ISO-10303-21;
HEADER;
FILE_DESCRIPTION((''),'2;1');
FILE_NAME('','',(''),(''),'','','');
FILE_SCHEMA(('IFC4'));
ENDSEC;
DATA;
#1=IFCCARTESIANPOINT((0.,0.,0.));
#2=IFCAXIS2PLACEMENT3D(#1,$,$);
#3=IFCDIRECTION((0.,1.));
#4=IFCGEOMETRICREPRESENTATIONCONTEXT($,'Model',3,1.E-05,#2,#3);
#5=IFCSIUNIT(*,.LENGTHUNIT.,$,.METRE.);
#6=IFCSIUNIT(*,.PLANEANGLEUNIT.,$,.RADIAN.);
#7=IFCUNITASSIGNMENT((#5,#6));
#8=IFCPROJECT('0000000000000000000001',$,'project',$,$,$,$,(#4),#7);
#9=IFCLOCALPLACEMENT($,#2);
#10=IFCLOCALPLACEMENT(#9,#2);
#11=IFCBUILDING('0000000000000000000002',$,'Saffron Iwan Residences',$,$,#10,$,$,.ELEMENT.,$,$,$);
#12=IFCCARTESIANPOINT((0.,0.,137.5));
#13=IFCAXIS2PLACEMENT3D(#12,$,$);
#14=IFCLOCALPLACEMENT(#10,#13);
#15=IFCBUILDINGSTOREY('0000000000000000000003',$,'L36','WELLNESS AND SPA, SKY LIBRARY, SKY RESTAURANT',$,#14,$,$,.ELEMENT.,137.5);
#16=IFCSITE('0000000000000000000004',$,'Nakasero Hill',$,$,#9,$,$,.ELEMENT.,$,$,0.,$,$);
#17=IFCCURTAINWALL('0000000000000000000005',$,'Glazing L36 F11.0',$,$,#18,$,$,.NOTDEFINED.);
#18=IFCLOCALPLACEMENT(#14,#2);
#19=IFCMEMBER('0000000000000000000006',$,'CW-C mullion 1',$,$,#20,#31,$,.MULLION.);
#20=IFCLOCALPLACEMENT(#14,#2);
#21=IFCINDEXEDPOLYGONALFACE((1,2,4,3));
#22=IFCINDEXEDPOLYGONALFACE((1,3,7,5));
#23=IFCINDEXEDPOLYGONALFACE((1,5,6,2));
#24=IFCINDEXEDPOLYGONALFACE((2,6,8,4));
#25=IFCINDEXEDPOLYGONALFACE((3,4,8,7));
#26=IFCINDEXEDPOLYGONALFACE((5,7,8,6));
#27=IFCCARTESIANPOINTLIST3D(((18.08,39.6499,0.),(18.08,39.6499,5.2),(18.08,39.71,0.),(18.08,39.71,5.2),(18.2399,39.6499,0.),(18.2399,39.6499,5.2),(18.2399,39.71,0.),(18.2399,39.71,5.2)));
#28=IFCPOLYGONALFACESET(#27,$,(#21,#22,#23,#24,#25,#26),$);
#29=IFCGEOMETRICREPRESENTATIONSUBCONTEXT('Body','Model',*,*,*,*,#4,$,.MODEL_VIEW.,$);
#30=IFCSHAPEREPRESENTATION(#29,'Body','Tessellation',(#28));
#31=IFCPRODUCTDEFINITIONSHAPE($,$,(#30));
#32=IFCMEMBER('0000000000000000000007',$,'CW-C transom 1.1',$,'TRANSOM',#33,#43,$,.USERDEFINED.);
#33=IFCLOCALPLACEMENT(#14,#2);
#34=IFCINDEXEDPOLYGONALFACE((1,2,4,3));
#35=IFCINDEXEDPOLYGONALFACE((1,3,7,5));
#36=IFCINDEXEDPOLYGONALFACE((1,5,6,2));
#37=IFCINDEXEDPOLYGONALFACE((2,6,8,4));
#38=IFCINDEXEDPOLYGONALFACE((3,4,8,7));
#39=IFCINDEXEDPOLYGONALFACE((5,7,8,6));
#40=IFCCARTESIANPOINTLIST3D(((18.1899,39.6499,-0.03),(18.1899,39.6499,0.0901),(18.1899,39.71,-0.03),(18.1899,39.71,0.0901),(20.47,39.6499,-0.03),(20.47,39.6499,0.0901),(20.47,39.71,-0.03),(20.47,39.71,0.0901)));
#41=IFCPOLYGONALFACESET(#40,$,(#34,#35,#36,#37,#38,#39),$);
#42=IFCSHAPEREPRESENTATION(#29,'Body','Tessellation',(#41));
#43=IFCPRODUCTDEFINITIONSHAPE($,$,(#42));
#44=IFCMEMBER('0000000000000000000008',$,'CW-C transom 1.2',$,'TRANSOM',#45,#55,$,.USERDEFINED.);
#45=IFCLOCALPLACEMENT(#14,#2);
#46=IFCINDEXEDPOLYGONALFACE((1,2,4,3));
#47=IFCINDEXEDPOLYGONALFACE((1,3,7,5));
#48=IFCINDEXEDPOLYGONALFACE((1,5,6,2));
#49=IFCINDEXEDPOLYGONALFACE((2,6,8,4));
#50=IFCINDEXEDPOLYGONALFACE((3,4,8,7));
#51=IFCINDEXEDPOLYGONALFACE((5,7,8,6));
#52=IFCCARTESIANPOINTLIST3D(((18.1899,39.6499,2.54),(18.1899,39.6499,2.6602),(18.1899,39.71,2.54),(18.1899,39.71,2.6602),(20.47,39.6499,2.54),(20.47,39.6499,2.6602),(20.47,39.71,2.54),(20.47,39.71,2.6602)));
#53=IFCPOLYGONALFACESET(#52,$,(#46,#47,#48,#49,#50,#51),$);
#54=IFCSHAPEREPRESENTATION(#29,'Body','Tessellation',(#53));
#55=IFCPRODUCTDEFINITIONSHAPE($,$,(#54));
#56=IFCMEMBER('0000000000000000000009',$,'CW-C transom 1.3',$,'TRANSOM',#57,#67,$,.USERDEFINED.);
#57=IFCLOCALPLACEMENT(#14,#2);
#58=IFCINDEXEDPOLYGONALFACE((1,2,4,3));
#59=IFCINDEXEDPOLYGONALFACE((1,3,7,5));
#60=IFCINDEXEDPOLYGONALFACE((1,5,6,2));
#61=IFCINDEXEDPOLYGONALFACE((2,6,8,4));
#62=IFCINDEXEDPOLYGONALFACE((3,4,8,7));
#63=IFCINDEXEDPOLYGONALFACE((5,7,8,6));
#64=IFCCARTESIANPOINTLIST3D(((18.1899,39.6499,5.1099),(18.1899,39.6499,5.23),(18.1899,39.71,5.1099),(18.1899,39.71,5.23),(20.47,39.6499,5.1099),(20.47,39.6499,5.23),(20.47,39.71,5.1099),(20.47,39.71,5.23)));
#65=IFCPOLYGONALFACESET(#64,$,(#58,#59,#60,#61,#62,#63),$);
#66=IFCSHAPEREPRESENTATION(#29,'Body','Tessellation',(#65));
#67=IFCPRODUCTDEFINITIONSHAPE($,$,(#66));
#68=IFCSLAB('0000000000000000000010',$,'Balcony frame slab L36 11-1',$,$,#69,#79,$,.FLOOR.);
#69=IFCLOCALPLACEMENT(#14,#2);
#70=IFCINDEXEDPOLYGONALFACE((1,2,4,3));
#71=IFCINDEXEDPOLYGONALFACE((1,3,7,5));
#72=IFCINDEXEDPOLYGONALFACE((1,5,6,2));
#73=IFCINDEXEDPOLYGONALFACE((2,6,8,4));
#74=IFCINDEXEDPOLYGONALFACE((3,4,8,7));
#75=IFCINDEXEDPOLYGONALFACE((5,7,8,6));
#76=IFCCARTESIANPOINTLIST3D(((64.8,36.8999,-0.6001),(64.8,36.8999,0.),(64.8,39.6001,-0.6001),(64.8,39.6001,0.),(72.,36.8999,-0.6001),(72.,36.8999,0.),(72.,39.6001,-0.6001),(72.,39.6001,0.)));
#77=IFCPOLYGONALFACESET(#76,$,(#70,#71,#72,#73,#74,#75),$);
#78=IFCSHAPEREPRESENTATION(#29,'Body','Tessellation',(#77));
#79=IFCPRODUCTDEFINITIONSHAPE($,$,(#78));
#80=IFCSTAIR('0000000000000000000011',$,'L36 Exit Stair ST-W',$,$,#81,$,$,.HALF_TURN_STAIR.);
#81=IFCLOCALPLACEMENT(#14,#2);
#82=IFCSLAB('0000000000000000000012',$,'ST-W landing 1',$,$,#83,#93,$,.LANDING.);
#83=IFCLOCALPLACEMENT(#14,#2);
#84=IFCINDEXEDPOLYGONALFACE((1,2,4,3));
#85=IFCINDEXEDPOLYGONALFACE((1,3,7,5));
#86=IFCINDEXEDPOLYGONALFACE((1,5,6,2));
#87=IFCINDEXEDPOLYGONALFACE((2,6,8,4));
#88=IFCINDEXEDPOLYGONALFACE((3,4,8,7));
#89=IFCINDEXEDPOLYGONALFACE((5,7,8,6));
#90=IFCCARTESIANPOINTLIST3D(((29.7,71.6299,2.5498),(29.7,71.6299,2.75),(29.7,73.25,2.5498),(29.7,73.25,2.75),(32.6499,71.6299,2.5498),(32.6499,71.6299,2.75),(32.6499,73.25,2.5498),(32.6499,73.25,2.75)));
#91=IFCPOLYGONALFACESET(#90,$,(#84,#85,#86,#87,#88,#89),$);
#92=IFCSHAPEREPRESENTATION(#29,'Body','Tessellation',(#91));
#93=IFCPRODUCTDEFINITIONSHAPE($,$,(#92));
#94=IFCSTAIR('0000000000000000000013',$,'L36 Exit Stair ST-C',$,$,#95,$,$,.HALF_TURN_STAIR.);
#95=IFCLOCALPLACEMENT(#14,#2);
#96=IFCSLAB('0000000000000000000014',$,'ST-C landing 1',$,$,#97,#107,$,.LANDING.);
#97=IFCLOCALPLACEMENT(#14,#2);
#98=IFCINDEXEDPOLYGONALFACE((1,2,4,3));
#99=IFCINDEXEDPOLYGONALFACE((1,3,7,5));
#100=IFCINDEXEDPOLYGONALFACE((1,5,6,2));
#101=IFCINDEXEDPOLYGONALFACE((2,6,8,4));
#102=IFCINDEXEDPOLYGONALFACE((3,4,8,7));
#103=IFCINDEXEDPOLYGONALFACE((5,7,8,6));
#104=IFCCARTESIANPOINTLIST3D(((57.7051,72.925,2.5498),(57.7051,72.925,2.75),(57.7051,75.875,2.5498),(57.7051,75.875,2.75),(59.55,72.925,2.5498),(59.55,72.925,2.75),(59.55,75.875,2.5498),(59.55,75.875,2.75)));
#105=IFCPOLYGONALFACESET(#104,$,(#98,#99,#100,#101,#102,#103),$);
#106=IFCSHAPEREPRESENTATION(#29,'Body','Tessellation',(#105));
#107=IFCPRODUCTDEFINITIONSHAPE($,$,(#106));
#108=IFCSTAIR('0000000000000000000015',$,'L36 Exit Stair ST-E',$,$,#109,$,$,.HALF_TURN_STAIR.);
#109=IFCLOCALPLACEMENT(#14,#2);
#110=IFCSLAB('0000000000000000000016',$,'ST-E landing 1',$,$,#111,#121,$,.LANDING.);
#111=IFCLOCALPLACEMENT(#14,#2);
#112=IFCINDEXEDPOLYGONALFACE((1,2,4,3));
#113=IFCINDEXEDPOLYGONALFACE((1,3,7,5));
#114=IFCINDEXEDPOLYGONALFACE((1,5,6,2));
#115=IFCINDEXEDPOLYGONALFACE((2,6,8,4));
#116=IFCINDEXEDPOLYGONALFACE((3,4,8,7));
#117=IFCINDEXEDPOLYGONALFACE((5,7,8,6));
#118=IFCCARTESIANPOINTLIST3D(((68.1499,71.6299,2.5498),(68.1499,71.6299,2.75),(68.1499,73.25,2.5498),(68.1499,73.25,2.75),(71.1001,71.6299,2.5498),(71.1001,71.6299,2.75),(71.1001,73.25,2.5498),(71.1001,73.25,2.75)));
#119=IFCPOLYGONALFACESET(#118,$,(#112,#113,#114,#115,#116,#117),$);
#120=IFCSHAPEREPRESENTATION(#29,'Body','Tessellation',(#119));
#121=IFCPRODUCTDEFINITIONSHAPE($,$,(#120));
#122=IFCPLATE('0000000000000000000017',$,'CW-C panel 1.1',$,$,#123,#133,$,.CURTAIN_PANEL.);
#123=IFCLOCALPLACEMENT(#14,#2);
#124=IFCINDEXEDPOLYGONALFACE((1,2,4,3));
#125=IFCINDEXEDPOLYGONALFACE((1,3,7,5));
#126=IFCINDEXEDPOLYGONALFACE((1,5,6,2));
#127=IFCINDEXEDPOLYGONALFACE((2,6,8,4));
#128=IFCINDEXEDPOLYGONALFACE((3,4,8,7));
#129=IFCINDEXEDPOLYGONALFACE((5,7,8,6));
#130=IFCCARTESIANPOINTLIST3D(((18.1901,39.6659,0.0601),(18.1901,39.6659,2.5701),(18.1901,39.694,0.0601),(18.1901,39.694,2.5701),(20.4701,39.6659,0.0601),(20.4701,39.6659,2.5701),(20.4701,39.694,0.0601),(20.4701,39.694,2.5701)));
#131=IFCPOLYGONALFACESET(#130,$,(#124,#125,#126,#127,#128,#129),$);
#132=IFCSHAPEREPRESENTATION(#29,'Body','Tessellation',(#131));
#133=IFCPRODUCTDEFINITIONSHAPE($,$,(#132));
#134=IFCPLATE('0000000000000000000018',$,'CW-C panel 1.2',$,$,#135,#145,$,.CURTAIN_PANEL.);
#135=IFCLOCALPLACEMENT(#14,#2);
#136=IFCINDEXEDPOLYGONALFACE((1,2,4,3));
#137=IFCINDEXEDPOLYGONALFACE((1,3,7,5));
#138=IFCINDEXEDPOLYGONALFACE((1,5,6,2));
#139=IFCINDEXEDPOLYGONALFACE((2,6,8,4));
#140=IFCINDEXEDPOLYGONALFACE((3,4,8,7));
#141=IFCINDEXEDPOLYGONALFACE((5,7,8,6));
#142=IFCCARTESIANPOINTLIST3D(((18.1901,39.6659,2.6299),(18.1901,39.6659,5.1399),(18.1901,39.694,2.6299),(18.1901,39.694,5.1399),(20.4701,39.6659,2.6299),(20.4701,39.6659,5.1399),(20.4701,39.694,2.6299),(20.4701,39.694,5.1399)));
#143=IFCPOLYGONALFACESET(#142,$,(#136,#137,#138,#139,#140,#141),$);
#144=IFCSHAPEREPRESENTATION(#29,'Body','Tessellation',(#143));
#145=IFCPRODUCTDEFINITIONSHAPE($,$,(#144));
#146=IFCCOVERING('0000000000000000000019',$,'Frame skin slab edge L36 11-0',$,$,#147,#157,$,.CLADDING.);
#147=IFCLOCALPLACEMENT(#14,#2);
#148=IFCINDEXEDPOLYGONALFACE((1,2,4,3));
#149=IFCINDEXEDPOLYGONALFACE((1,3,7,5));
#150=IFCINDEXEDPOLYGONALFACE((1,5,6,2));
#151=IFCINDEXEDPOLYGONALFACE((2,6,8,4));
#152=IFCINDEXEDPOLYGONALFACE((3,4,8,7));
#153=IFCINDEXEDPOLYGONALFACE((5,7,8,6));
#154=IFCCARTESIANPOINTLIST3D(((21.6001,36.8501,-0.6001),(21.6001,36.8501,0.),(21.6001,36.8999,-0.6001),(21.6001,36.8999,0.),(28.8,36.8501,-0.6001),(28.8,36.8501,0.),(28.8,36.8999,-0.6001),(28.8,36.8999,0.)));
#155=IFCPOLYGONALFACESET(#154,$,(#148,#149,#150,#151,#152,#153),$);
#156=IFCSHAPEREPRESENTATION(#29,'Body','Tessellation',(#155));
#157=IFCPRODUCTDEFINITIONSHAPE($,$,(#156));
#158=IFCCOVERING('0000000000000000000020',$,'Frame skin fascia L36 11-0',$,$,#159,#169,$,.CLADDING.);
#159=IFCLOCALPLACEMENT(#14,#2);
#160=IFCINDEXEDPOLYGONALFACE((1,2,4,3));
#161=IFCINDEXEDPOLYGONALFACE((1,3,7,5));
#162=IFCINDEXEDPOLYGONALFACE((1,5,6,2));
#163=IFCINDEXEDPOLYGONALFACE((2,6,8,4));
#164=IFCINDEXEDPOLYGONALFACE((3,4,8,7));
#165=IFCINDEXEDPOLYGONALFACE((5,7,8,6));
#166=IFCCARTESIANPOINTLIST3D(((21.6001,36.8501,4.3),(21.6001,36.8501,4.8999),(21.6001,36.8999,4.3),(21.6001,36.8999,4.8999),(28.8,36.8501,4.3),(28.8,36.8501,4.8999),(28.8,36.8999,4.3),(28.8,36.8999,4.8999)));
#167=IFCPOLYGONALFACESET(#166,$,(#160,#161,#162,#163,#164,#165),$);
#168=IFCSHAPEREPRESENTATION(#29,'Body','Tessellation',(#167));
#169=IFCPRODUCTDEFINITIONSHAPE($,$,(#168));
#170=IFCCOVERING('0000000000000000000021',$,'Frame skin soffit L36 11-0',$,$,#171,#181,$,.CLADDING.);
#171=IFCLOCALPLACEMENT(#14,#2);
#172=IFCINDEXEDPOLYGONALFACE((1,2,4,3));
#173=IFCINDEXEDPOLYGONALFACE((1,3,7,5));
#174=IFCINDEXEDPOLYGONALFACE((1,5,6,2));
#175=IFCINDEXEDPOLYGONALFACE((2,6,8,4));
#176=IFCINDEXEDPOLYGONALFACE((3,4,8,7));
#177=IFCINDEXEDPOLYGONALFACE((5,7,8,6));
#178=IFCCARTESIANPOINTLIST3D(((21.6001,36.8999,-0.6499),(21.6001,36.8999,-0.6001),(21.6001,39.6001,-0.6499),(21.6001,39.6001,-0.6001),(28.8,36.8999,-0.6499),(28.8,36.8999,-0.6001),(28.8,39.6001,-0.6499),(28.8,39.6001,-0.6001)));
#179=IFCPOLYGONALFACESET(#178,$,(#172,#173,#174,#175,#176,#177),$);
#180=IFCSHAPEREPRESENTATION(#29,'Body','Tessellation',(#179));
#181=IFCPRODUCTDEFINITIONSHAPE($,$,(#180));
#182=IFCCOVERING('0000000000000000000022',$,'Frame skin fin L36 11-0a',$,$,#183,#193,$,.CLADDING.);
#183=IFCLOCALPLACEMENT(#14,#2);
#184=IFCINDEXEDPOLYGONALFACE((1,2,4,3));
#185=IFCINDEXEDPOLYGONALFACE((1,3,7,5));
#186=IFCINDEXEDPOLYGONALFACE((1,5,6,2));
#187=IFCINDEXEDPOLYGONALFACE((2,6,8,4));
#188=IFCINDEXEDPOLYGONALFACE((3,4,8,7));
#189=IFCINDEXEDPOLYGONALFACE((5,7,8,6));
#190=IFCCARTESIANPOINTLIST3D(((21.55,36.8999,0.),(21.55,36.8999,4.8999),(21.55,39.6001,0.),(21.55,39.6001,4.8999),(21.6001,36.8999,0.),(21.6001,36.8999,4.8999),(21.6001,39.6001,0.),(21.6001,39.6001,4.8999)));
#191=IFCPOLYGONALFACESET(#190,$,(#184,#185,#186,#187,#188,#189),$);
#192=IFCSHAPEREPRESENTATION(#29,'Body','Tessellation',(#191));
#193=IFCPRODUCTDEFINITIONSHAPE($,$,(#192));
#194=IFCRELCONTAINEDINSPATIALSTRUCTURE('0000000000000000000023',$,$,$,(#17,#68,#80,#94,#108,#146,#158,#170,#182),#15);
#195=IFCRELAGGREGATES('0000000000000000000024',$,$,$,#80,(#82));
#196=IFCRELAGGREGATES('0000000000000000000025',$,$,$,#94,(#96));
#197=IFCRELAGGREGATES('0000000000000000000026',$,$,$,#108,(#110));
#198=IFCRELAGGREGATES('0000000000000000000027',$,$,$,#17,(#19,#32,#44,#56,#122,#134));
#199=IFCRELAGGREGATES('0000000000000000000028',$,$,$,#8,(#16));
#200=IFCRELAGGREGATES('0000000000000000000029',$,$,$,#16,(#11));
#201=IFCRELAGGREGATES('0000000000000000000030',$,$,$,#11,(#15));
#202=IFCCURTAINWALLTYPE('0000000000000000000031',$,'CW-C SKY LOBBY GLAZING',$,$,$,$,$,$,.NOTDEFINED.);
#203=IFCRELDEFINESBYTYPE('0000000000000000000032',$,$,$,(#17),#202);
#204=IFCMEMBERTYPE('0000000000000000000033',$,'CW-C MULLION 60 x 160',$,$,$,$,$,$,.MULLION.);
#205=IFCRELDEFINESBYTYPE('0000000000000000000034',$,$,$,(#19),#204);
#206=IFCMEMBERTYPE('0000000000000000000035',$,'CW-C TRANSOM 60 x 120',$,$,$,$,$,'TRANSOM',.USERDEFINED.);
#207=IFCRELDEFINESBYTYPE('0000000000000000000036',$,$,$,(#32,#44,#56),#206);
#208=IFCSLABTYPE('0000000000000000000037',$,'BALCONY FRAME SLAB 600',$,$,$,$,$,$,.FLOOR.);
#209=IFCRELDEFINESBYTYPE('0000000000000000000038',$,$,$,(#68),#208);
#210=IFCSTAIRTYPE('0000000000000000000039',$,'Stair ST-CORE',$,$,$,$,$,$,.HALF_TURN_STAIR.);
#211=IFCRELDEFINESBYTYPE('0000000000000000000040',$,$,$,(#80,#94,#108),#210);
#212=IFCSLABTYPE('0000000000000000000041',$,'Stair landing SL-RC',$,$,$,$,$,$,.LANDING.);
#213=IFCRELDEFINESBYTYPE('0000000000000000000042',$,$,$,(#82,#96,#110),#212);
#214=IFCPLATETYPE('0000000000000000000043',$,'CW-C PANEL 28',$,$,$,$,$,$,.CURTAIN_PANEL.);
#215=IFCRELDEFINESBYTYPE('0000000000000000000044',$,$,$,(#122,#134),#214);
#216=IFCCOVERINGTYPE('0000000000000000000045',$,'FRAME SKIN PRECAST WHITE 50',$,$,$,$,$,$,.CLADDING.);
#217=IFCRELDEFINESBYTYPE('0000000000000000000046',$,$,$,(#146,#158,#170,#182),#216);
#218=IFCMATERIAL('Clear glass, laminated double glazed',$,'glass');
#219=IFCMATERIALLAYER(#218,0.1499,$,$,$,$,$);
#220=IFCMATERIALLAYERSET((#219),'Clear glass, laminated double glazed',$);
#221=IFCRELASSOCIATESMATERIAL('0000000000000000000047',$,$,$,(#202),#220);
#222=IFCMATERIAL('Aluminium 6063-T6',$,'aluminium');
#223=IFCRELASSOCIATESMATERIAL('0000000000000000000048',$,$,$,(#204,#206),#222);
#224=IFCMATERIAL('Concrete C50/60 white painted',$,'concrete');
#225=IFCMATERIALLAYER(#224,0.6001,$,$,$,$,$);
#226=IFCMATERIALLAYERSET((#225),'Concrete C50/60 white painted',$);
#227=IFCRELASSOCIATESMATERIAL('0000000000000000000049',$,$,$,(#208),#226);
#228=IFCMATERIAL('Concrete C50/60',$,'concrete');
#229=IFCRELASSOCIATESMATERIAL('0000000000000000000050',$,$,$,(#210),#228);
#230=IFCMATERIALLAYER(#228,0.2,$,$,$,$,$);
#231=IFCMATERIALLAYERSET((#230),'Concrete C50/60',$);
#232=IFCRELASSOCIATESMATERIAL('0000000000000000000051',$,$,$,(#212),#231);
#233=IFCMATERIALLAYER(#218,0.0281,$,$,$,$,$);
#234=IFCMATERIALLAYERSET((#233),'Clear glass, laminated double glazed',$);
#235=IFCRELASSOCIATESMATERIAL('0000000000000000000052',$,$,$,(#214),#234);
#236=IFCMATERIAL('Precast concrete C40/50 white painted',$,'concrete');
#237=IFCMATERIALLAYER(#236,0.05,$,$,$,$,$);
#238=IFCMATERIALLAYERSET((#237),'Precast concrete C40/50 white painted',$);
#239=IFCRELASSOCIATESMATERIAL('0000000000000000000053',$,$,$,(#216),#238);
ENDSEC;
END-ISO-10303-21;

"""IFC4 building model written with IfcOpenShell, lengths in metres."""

from ifc_helpers import new_model, si_unit, direction, frame, origin, origin_2d, place, context, subcontext, project, spatial, polyline, rectangle, outline, extrude, source, transform, mapped, material, layer, layer_set, material_profile, profile_set, type_object, element, aggregate, save


model = new_model("IFC4")

# Units and contexts
model_context = context("Model", 3, precision=1e-05, world=origin(), true_north=direction((0.0, 1.0)))
body_context = subcontext(model_context, "Body", "Model", "MODEL_VIEW")
ifc_project = project(units=[si_unit("LENGTHUNIT", "METRE"), si_unit("PLANEANGLEUNIT", "RADIAN")], contexts=[model_context])

# Site, building, storey
site_placement = place(None, origin())
site = spatial("IfcSite", under=ifc_project, at=site_placement, Name="Nakasero Hill", CompositionType="ELEMENT", RefElevation=0.0)
building_placement = place(site_placement, origin())
building = spatial("IfcBuilding", under=site, at=building_placement, Name="Saffron Iwan Residences", CompositionType="ELEMENT")
storey_placement = place(building_placement, frame((0.0, 0.0, 137.5)))
storey = spatial("IfcBuildingStorey", under=building, at=storey_placement, Name="L36", Description="WELLNESS AND SPA, SKY LIBRARY, SKY RESTAURANT", CompositionType="ELEMENT", Elevation=137.5)

# Curtain wall, members
ifc_material_1 = material(Name="Clear glass, laminated double glazed", Category="glass")
ifc_layer_1 = layer(ifc_material_1, 0.1499)
ifc_layer_set_1 = layer_set([ifc_layer_1], Name="Clear glass, laminated double glazed")
curtain_wall_type = type_object("IfcCurtainWallType", Name="CW-C SKY LOBBY GLAZING", PredefinedType="NOTDEFINED", material=ifc_layer_set_1)
curtain_wall_placement = place(storey_placement, origin())
curtain_wall = element("IfcCurtainWall", 1, at=curtain_wall_placement, inside=storey, type_object=curtain_wall_type, Name="Glazing L36 F11.0", PredefinedType="NOTDEFINED")
ifc_material_2 = material(Name="Aluminium 6063-T6", Category="aluminium")
ifc_material_profile_1 = material_profile(ifc_material_2, rectangle(XDim=0.0601, YDim=0.1599, at=origin_2d()), Name="CW-C MULLION 60 x 160")
ifc_profile_set_1 = profile_set([ifc_material_profile_1], Name="Aluminium 6063-T6")
member_type_1 = type_object("IfcMemberType", Name="CW-C MULLION 60 x 160", PredefinedType="MULLION", material=ifc_profile_set_1)
shared_shape_1 = source(origin(), body_context, "Body", "SweptSolid", [
    extrude(rectangle(XDim=0.0601, YDim=0.1599, at=origin_2d()), origin(), (0.0, 0.0, 1.0), 5.2),
])
member_1_placement = place(storey_placement, frame((18.1599, 39.6799, 0.0), z_axis=(0.0, 0.0, 1.0), x_axis=(0.0, 1.0, 0.0)))
member_1 = element("IfcMember", 2, at=member_1_placement, type_object=member_type_1, Name="CW-C mullion 1", PredefinedType="MULLION", context=body_context, shape_type="MappedRepresentation", body=[
    mapped(shared_shape_1, transform((0.0, 0.0, 0.0))),
])
ifc_material_profile_2 = material_profile(ifc_material_2, rectangle(XDim=0.0601, YDim=0.1201, at=origin_2d()), Name="CW-C TRANSOM 60 x 120")
ifc_profile_set_2 = profile_set([ifc_material_profile_2], Name="Aluminium 6063-T6")
member_type_2 = type_object("IfcMemberType", Name="CW-C TRANSOM 60 x 120", ElementType="TRANSOM", PredefinedType="USERDEFINED", material=ifc_profile_set_2)
shared_shape_2 = source(origin(), body_context, "Body", "SweptSolid", [
    extrude(rectangle(XDim=0.0601, YDim=0.1201, at=origin_2d()), origin(), (0.0, 0.0, 1.0), 2.28),
])
member_2_placement = place(storey_placement, frame((18.1899, 39.6799, 0.03), z_axis=(1.0, 0.0, 0.0), x_axis=(0.0, 1.0, 0.0)))
member_2 = element("IfcMember", 3, at=member_2_placement, type_object=member_type_2, Name="CW-C transom 1.1", ObjectType="TRANSOM", PredefinedType="USERDEFINED", context=body_context, shape_type="MappedRepresentation", body=[
    mapped(shared_shape_2, transform((0.0, 0.0, 0.0))),
])
member_3_placement = place(storey_placement, frame((18.1899, 39.6799, 2.6001), z_axis=(1.0, 0.0, 0.0), x_axis=(0.0, 1.0, 0.0)))
member_3 = element("IfcMember", 4, at=member_3_placement, type_object=member_type_2, Name="CW-C transom 1.2", ObjectType="TRANSOM", PredefinedType="USERDEFINED", context=body_context, shape_type="MappedRepresentation", body=[
    mapped(shared_shape_2, transform((0.0, 0.0, 0.0))),
])
member_4_placement = place(storey_placement, frame((18.1899, 39.6799, 5.1699), z_axis=(1.0, 0.0, 0.0), x_axis=(0.0, 1.0, 0.0)))
member_4 = element("IfcMember", 5, at=member_4_placement, type_object=member_type_2, Name="CW-C transom 1.3", ObjectType="TRANSOM", PredefinedType="USERDEFINED", context=body_context, shape_type="MappedRepresentation", body=[
    mapped(shared_shape_2, transform((0.0, 0.0, 0.0))),
])

# Slab
ifc_material_3 = material(Name="Concrete C50/60 white painted", Category="concrete")
ifc_layer_2 = layer(ifc_material_3, 0.6001)
ifc_layer_set_2 = layer_set([ifc_layer_2], Name="Concrete C50/60 white painted")
slab_type_1 = type_object("IfcSlabType", Name="BALCONY FRAME SLAB 600", PredefinedType="FLOOR", material=ifc_layer_set_2)
slab_1_placement = place(storey_placement, frame((0.0, 0.0, -0.6001)))
element("IfcSlab", 6, at=slab_1_placement, inside=storey, type_object=slab_type_1, Name="Balcony frame slab L36 11-1", PredefinedType="FLOOR", context=body_context, shape_type="SweptSolid", body=[
    extrude(outline(polyline([(64.8, 36.8999), (72.0, 36.8999), (72.0, 39.6001), (64.8, 39.6001), (64.8, 36.8999)])), origin(), (0.0, 0.0, 1.0), 0.6001),
])

# Stairs, slabs
ifc_material_4 = material(Name="Concrete C50/60", Category="concrete")
stair_type = type_object("IfcStairType", Name="Stair ST-CORE", PredefinedType="HALF_TURN_STAIR", material=ifc_material_4)
stair_1_placement = place(storey_placement, origin())
stair_1 = element("IfcStair", 7, at=stair_1_placement, inside=storey, type_object=stair_type, Name="L36 Exit Stair ST-W", PredefinedType="HALF_TURN_STAIR")
ifc_layer_3 = layer(ifc_material_4, 0.2)
ifc_layer_set_3 = layer_set([ifc_layer_3], Name="Concrete C50/60")
slab_type_2 = type_object("IfcSlabType", Name="Stair landing SL-RC", PredefinedType="LANDING", material=ifc_layer_set_3)
slab_2_placement = place(storey_placement, frame((0.0, 0.0, 2.5498)))
slab_2 = element("IfcSlab", 8, at=slab_2_placement, type_object=slab_type_2, Name="ST-W landing 1", PredefinedType="LANDING", context=body_context, shape_type="SweptSolid", body=[
    extrude(outline(polyline([(32.6499, 71.6299), (32.6499, 73.25), (29.7, 73.25), (29.7, 71.6299), (32.6499, 71.6299)])), origin(), (0.0, 0.0, 1.0), 0.2002),
])
aggregate(stair_1, [slab_2])
stair_2_placement = place(storey_placement, origin())
stair_2 = element("IfcStair", 9, at=stair_2_placement, inside=storey, type_object=stair_type, Name="L36 Exit Stair ST-C", PredefinedType="HALF_TURN_STAIR")
slab_3_placement = place(storey_placement, frame((0.0, 0.0, 2.5498)))
slab_3 = element("IfcSlab", 10, at=slab_3_placement, type_object=slab_type_2, Name="ST-C landing 1", PredefinedType="LANDING", context=body_context, shape_type="SweptSolid", body=[
    extrude(outline(polyline([(57.7051, 72.925), (59.55, 72.925), (59.55, 75.875), (57.7051, 75.875), (57.7051, 72.925)])), origin(), (0.0, 0.0, 1.0), 0.2002),
])
aggregate(stair_2, [slab_3])
stair_3_placement = place(storey_placement, origin())
stair_3 = element("IfcStair", 11, at=stair_3_placement, inside=storey, type_object=stair_type, Name="L36 Exit Stair ST-E", PredefinedType="HALF_TURN_STAIR")
slab_4_placement = place(storey_placement, frame((0.0, 0.0, 2.5498)))
slab_4 = element("IfcSlab", 12, at=slab_4_placement, type_object=slab_type_2, Name="ST-E landing 1", PredefinedType="LANDING", context=body_context, shape_type="SweptSolid", body=[
    extrude(outline(polyline([(71.1001, 71.6299), (71.1001, 73.25), (68.1499, 73.25), (68.1499, 71.6299), (71.1001, 71.6299)])), origin(), (0.0, 0.0, 1.0), 0.2002),
])
aggregate(stair_3, [slab_4])

# Plates
ifc_layer_4 = layer(ifc_material_1, 0.0281)
ifc_layer_set_4 = layer_set([ifc_layer_4], Name="Clear glass, laminated double glazed")
plate_type = type_object("IfcPlateType", Name="CW-C PANEL 28", PredefinedType="CURTAIN_PANEL", material=ifc_layer_set_4)
shared_shape_3 = source(origin(), body_context, "Body", "SweptSolid", [
    extrude(rectangle(XDim=2.28, YDim=0.0281, at=origin_2d()), origin(), (0.0, 0.0, 1.0), 2.51),
])
plate_1_placement = place(storey_placement, frame((19.3301, 39.6799, 0.0601), z_axis=(0.0, 0.0, 1.0), x_axis=(1.0, 0.0, 0.0)))
plate_1 = element("IfcPlate", 13, at=plate_1_placement, type_object=plate_type, Name="CW-C panel 1.1", PredefinedType="CURTAIN_PANEL", context=body_context, shape_type="MappedRepresentation", body=[
    mapped(shared_shape_3, transform((0.0, 0.0, 0.0))),
])
plate_2_placement = place(storey_placement, frame((19.3301, 39.6799, 2.6299), z_axis=(0.0, 0.0, 1.0), x_axis=(1.0, 0.0, 0.0)))
plate_2 = element("IfcPlate", 14, at=plate_2_placement, type_object=plate_type, Name="CW-C panel 1.2", PredefinedType="CURTAIN_PANEL", context=body_context, shape_type="MappedRepresentation", body=[
    mapped(shared_shape_3, transform((0.0, 0.0, 0.0))),
])
aggregate(curtain_wall, [member_1, member_2, member_3, member_4, plate_1, plate_2])

# Coverings
ifc_material_5 = material(Name="Precast concrete C40/50 white painted", Category="concrete")
ifc_layer_5 = layer(ifc_material_5, 0.05)
ifc_layer_set_5 = layer_set([ifc_layer_5], Name="Precast concrete C40/50 white painted")
covering_type_1 = type_object("IfcCoveringType", Name="FRAME SKIN PRECAST WHITE 50", PredefinedType="CLADDING", material=ifc_layer_set_5)
covering_1_placement = place(storey_placement, frame((0.0, 0.0, -0.6001)))
element("IfcCovering", 15, at=covering_1_placement, inside=storey, type_object=covering_type_1, Name="Frame skin slab edge L36 11-0", PredefinedType="CLADDING", context=body_context, shape_type="SweptSolid", body=[
    extrude(outline(polyline([(21.6001, 36.8501), (28.8, 36.8501), (28.8, 36.8999), (21.6001, 36.8999), (21.6001, 36.8501)])), origin(), (0.0, 0.0, 1.0), 0.6001),
])
covering_2_placement = place(storey_placement, frame((0.0, 0.0, 4.3)))
element("IfcCovering", 16, at=covering_2_placement, inside=storey, type_object=covering_type_1, Name="Frame skin fascia L36 11-0", PredefinedType="CLADDING", context=body_context, shape_type="SweptSolid", body=[
    extrude(outline(polyline([(21.6001, 36.8501), (28.8, 36.8501), (28.8, 36.8999), (21.6001, 36.8999), (21.6001, 36.8501)])), origin(), (0.0, 0.0, 1.0), 0.5999),
])
covering_3_placement = place(storey_placement, frame((0.0, 0.0, -0.6499)))
element("IfcCovering", 17, at=covering_3_placement, inside=storey, type_object=covering_type_1, Name="Frame skin soffit L36 11-0", PredefinedType="CLADDING", context=body_context, shape_type="SweptSolid", body=[
    extrude(outline(polyline([(21.6001, 36.8999), (28.8, 36.8999), (28.8, 39.6001), (21.6001, 39.6001), (21.6001, 36.8999)])), origin(), (0.0, 0.0, 1.0), 0.0498),
])
covering_4_placement = place(storey_placement, origin())
element("IfcCovering", 18, at=covering_4_placement, inside=storey, type_object=covering_type_1, Name="Frame skin fin L36 11-0a", PredefinedType="CLADDING", context=body_context, shape_type="SweptSolid", body=[
    extrude(outline(polyline([(21.55, 36.8999), (21.6001, 36.8999), (21.6001, 39.6001), (21.55, 39.6001), (21.55, 36.8999)])), origin(), (0.0, 0.0, 1.0), 4.8999),
])

save(model, "model.ifc")
